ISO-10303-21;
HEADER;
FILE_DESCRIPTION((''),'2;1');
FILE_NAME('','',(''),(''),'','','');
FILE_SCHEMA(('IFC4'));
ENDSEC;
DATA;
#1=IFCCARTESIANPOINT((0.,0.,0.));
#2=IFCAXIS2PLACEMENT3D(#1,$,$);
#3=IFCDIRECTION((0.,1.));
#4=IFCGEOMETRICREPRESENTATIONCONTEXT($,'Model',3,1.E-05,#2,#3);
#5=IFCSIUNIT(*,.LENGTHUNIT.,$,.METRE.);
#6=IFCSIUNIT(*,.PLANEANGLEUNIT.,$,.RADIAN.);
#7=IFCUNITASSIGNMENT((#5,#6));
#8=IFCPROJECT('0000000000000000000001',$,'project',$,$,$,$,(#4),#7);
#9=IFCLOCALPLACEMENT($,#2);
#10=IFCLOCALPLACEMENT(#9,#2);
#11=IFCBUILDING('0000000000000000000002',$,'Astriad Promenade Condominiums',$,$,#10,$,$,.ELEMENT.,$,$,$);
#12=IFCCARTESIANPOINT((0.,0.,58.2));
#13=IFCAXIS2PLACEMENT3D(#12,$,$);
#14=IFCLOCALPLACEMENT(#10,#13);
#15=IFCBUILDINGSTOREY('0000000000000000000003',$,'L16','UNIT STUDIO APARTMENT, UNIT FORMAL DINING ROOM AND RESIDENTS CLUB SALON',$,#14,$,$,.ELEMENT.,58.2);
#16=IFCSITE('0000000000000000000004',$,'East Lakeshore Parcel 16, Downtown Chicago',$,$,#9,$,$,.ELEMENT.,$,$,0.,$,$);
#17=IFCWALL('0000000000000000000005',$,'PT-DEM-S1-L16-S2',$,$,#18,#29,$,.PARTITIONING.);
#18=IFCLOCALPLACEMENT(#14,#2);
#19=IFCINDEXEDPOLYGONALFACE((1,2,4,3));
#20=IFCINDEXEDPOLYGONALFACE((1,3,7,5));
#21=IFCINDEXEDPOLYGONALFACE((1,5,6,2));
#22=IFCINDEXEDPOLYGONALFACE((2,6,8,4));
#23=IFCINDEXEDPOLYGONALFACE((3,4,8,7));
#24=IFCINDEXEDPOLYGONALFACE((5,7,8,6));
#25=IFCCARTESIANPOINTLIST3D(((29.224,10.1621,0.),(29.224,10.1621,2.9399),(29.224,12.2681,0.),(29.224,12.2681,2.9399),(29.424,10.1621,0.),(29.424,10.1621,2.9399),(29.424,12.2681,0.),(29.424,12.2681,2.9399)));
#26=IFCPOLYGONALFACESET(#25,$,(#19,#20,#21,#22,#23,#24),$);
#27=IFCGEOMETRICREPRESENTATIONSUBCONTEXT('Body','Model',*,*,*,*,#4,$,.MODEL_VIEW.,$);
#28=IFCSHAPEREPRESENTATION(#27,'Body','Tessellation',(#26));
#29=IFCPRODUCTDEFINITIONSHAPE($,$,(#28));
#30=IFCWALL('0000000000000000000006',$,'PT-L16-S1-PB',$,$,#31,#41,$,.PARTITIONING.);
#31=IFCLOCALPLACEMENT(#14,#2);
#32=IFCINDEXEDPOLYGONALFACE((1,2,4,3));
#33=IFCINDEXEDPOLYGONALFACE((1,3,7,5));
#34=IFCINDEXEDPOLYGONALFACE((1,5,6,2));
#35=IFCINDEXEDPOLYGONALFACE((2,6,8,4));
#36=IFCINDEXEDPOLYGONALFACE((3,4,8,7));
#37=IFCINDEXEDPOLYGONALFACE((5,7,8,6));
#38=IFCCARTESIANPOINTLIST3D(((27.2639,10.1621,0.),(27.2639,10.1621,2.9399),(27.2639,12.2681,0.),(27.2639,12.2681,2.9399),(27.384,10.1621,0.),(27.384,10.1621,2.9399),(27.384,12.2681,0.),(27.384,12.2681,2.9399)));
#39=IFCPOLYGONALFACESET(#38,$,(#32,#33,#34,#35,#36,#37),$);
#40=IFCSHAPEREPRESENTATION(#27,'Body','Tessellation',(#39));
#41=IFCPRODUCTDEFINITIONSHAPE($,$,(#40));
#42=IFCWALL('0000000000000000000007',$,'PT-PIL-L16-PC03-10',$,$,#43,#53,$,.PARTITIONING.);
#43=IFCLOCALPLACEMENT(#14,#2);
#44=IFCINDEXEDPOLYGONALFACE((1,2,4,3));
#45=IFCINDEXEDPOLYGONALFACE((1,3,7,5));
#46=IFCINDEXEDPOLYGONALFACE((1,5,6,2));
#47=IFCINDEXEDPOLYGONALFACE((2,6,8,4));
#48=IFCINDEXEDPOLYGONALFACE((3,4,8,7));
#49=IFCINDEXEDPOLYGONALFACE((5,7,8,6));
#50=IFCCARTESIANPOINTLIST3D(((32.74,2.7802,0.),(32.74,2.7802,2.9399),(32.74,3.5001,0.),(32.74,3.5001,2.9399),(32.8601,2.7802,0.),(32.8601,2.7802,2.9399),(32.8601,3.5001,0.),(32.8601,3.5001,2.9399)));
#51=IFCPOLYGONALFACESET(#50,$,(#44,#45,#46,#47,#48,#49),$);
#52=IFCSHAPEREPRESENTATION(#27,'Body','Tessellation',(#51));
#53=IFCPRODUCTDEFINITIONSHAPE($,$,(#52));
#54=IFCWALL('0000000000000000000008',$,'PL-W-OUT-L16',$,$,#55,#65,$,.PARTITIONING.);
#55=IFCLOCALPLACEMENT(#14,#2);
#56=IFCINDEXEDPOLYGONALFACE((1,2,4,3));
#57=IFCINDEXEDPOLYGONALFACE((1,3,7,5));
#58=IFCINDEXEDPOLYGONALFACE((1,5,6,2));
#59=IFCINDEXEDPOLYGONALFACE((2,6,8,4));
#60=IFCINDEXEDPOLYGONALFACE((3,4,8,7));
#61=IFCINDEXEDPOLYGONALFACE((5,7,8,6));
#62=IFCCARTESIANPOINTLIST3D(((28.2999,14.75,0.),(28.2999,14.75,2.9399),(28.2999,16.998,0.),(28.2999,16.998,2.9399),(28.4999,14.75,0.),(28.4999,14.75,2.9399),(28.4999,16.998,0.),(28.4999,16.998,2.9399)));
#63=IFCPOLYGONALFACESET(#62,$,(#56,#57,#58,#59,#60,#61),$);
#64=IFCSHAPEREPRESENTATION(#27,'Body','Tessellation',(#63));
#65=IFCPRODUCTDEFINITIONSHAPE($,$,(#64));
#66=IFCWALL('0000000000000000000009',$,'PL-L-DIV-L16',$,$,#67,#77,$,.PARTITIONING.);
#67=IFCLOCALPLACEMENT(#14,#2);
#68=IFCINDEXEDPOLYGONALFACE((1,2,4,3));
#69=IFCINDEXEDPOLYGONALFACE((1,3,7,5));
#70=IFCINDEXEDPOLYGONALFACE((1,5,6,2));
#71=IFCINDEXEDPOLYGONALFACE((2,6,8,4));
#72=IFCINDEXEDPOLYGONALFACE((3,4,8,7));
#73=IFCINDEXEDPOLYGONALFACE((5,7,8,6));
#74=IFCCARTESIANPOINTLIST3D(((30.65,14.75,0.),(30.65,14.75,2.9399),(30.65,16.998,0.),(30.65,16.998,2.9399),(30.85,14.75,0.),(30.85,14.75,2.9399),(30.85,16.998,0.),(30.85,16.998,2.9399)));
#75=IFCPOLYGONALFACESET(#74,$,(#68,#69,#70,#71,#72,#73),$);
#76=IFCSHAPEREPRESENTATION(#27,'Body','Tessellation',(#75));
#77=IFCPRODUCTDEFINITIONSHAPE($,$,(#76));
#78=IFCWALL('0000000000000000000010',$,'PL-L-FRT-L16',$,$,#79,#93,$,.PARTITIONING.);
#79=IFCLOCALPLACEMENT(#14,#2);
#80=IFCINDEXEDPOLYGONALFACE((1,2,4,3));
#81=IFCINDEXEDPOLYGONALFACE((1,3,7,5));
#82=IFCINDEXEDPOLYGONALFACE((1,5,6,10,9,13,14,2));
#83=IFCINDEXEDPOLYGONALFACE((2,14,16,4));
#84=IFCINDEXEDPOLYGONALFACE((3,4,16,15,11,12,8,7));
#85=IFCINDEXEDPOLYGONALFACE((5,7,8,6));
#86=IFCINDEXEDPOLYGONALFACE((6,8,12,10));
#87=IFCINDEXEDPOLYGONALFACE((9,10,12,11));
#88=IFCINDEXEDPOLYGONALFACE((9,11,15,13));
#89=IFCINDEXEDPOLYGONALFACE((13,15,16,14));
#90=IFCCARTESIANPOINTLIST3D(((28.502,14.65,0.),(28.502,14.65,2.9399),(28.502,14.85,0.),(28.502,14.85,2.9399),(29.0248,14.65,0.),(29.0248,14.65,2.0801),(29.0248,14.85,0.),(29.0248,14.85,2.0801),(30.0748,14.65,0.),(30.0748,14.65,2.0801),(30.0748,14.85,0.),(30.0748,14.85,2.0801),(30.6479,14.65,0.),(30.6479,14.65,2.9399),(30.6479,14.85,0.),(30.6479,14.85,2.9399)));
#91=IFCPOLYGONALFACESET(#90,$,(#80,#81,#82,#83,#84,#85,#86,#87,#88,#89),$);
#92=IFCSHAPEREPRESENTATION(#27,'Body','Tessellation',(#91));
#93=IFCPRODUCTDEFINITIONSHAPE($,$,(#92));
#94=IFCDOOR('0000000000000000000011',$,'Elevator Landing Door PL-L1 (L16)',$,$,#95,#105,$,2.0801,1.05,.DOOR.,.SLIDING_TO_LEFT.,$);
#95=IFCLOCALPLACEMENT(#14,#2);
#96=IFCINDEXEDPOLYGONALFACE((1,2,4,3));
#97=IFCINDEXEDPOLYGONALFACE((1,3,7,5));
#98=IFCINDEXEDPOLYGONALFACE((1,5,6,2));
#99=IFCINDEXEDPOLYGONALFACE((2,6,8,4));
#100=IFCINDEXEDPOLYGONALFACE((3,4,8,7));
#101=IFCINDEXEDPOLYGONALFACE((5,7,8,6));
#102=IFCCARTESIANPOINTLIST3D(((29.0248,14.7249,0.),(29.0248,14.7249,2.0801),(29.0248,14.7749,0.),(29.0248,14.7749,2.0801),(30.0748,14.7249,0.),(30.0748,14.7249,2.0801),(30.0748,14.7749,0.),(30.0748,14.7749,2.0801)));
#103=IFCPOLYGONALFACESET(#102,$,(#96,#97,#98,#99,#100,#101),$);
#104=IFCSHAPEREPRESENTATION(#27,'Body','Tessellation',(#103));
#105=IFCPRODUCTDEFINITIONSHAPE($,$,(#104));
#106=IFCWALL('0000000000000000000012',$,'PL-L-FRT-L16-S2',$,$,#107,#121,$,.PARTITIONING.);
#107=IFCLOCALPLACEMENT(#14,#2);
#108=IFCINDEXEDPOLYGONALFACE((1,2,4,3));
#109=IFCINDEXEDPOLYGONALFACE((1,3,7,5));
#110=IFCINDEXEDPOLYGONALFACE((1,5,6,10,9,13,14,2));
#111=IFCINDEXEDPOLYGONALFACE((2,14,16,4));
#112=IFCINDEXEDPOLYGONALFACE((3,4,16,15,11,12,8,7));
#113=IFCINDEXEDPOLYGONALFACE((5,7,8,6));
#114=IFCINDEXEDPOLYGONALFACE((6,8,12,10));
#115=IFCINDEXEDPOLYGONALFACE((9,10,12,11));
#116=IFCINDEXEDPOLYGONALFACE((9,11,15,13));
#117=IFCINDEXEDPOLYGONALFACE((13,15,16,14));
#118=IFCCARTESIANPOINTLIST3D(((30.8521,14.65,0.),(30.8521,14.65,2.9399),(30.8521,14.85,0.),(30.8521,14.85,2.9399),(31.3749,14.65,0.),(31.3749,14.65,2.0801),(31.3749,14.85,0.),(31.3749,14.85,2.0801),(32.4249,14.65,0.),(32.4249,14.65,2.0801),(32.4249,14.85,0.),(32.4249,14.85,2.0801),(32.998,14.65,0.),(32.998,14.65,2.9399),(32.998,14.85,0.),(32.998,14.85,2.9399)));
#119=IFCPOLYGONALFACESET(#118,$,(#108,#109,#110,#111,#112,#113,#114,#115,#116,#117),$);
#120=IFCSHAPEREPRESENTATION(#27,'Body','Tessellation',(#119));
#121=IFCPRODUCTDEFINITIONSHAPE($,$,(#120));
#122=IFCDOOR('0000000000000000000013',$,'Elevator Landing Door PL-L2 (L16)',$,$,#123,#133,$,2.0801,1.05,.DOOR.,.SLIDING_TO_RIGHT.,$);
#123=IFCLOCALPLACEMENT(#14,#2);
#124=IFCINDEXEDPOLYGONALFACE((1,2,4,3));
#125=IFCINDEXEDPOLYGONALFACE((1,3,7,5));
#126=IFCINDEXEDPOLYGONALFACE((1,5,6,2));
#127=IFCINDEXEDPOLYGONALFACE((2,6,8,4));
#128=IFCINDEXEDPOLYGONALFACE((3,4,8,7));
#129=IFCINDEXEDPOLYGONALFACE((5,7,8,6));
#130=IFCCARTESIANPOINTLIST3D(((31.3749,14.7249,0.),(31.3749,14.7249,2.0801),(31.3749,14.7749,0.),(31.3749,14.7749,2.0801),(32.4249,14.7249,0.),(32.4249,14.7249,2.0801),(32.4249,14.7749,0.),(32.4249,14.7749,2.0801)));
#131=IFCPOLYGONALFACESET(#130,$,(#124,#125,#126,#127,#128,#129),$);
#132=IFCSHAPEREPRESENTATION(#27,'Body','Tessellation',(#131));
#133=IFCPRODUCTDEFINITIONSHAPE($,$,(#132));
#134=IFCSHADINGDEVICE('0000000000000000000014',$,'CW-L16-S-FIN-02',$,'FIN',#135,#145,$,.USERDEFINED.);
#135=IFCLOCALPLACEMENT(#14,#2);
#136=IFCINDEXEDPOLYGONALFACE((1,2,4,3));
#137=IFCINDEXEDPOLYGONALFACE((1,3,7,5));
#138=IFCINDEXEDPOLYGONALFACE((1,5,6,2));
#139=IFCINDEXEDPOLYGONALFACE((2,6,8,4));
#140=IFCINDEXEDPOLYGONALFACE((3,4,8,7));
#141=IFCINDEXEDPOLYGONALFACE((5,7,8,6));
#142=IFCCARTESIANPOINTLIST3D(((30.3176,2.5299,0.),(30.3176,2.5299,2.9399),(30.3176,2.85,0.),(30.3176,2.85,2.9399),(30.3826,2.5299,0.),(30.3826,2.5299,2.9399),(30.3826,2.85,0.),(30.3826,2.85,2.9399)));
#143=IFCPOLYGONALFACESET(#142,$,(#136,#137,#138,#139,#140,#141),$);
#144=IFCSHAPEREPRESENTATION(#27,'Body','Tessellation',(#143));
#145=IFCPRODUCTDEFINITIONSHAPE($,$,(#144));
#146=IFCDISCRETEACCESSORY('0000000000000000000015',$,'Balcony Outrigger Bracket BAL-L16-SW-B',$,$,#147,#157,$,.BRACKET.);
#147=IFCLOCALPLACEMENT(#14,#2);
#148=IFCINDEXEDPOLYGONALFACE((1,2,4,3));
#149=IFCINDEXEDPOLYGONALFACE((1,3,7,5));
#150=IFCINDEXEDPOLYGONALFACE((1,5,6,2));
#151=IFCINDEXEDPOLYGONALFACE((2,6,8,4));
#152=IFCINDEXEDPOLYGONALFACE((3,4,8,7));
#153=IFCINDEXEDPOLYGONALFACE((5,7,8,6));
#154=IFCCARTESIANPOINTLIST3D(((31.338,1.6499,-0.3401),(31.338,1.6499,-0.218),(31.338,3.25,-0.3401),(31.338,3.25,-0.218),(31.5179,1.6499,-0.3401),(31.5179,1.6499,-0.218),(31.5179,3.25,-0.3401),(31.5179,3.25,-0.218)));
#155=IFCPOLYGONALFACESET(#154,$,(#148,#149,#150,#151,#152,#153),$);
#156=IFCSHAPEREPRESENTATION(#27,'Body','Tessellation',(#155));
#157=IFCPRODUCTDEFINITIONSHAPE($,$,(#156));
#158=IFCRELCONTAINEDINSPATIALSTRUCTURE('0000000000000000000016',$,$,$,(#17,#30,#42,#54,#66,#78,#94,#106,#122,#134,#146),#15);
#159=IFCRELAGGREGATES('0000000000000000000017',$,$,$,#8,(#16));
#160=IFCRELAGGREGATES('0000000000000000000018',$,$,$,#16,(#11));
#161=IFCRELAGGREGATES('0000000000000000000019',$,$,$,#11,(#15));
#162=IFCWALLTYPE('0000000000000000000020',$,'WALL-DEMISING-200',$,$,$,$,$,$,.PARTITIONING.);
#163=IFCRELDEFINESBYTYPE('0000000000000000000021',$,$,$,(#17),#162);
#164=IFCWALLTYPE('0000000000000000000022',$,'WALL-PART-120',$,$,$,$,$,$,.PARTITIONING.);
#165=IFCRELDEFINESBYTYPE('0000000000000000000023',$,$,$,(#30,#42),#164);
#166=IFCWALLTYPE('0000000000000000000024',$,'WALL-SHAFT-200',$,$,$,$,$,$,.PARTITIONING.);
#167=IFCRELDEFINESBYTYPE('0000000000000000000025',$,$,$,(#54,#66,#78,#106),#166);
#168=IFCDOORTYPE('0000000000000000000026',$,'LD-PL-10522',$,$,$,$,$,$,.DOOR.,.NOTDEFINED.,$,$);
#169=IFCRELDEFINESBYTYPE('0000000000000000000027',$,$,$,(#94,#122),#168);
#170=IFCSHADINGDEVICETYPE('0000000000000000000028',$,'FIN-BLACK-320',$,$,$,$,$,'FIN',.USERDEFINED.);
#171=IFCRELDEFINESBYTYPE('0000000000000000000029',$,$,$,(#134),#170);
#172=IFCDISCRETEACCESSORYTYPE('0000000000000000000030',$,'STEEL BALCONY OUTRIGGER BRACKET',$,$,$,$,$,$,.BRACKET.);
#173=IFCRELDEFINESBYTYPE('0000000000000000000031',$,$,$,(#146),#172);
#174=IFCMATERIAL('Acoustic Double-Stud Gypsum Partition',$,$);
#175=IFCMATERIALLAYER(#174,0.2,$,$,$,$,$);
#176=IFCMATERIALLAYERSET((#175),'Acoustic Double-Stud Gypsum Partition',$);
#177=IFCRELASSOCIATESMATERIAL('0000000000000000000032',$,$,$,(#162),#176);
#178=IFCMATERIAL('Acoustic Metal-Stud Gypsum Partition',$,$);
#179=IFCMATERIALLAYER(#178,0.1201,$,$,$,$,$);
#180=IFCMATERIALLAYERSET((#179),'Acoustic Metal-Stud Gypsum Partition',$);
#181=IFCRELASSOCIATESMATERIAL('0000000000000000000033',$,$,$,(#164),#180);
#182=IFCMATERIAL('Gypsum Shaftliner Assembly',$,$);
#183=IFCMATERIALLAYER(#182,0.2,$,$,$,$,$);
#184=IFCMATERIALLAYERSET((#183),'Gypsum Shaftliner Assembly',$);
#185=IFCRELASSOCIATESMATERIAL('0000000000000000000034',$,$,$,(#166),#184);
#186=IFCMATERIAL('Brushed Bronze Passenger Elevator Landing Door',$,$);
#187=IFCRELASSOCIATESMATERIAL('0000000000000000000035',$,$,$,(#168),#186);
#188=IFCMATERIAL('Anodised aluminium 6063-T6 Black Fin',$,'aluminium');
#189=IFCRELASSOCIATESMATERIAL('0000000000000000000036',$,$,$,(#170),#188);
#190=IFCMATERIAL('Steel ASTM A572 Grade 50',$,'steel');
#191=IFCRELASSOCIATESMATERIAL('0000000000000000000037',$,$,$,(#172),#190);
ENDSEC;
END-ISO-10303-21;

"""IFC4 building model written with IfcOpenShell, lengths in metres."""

from ifc_helpers import new_model, si_unit, direction, frame, frame_2d, origin, origin_2d, place, context, subcontext, project, spatial, rectangle, extrude, source, transform, mapped, material, layer, layer_set, type_object, type_shapes, element, fill, save


model = new_model("IFC4")

# Units and contexts
model_context = context("Model", 3, precision=1e-05, world=origin(), true_north=direction((0.0, 1.0)))
body_context = subcontext(model_context, "Body", "Model", "MODEL_VIEW")
ifc_project = project(units=[si_unit("LENGTHUNIT", "METRE"), si_unit("PLANEANGLEUNIT", "RADIAN")], contexts=[model_context])

# Site, building, storey
site_placement = place(None, origin())
site = spatial("IfcSite", under=ifc_project, at=site_placement, Name="East Lakeshore Parcel 16, Downtown Chicago", CompositionType="ELEMENT", RefElevation=0.0)
building_placement = place(site_placement, origin())
building = spatial("IfcBuilding", under=site, at=building_placement, Name="Astriad Promenade Condominiums", CompositionType="ELEMENT")
storey_placement = place(building_placement, frame((0.0, 0.0, 58.2)))
storey = spatial("IfcBuildingStorey", under=building, at=storey_placement, Name="L16", Description="UNIT STUDIO APARTMENT, UNIT FORMAL DINING ROOM AND RESIDENTS CLUB SALON", CompositionType="ELEMENT", Elevation=58.2)

# Walls
ifc_material_1 = material(Name="Acoustic Double-Stud Gypsum Partition")
ifc_layer_1 = layer(ifc_material_1, 0.2)
ifc_layer_set_1 = layer_set([ifc_layer_1], Name="Acoustic Double-Stud Gypsum Partition")
wall_type_1 = type_object("IfcWallType", Name="WALL-DEMISING-200", PredefinedType="PARTITIONING", material=ifc_layer_set_1)
wall_1_placement = place(storey_placement, frame((29.324, 10.1621, 0.0), z_axis=(0.0, 0.0, 1.0), x_axis=(0.0, 1.0, 0.0)))
element("IfcWall", 1, at=wall_1_placement, inside=storey, type_object=wall_type_1, Name="PT-DEM-S1-L16-S2", PredefinedType="PARTITIONING", context=body_context, shape_type="SweptSolid", body=[
    extrude(rectangle(XDim=2.106, YDim=0.2, at=frame_2d((1.053, 0.0))), origin(), (0.0, 0.0, 1.0), 2.9399),
])
ifc_material_2 = material(Name="Acoustic Metal-Stud Gypsum Partition")
ifc_layer_2 = layer(ifc_material_2, 0.1201)
ifc_layer_set_2 = layer_set([ifc_layer_2], Name="Acoustic Metal-Stud Gypsum Partition")
wall_type_2 = type_object("IfcWallType", Name="WALL-PART-120", PredefinedType="PARTITIONING", material=ifc_layer_set_2)
wall_2_placement = place(storey_placement, frame((27.324, 10.1621, 0.0), z_axis=(0.0, 0.0, 1.0), x_axis=(0.0, 1.0, 0.0)))
element("IfcWall", 2, at=wall_2_placement, inside=storey, type_object=wall_type_2, Name="PT-L16-S1-PB", PredefinedType="PARTITIONING", context=body_context, shape_type="SweptSolid", body=[
    extrude(rectangle(XDim=2.106, YDim=0.1201, at=frame_2d((1.053, 0.0))), origin(), (0.0, 0.0, 1.0), 2.9399),
])
wall_3_placement = place(storey_placement, frame((32.8, 3.5, 0.0), z_axis=(0.0, 0.0, 1.0), x_axis=(0.0, -1.0, 0.0)))
element("IfcWall", 3, at=wall_3_placement, inside=storey, type_object=wall_type_2, Name="PT-PIL-L16-PC03-10", PredefinedType="PARTITIONING", context=body_context, shape_type="SweptSolid", body=[
    extrude(rectangle(XDim=0.72, YDim=0.1201, at=frame_2d((0.3599, 0.0))), origin(), (0.0, 0.0, 1.0), 2.9399),
])
ifc_material_3 = material(Name="Gypsum Shaftliner Assembly")
ifc_layer_3 = layer(ifc_material_3, 0.2)
ifc_layer_set_3 = layer_set([ifc_layer_3], Name="Gypsum Shaftliner Assembly")
wall_type_3 = type_object("IfcWallType", Name="WALL-SHAFT-200", PredefinedType="PARTITIONING", material=ifc_layer_set_3)
for number, where, z_axis, x_axis, name in (
    (4, (28.3999, 14.75, 0.0), (0.0, 0.0, 1.0), (0.0, 1.0, 0.0), "PL-W-OUT-L16"),
    (5, (30.75, 14.75, 0.0), (0.0, 0.0, 1.0), (0.0, 1.0, 0.0), "PL-L-DIV-L16"),
):
    element("IfcWall", number, at=place(storey_placement, frame(where, z_axis=z_axis, x_axis=x_axis)), inside=storey, type_object=wall_type_3, Name=name, PredefinedType="PARTITIONING", context=body_context, shape_type="SweptSolid", body=[
        extrude(rectangle(XDim=2.248, YDim=0.2, at=frame_2d((1.124, 0.0))), origin(), (0.0, 0.0, 1.0), 2.9399),
    ])

# Walls, openings, doors
wall_4_placement = place(storey_placement, frame((28.502, 14.75, 0.0), z_axis=(0.0, 0.0, 1.0), x_axis=(1.0, 0.0, 0.0)))
wall_4 = element("IfcWall", 6, at=wall_4_placement, inside=storey, type_object=wall_type_3, Name="PL-L-FRT-L16", PredefinedType="PARTITIONING", context=body_context, shape_type="SweptSolid", body=[
    extrude(rectangle(XDim=2.146, YDim=0.2, at=frame_2d((1.073, 0.0))), origin(), (0.0, 0.0, 1.0), 2.9399),
])
opening_1_placement = place(wall_4_placement, frame((0.5229, 0.0, 0.0)))
opening_1 = element("IfcOpeningElement", 7, at=opening_1_placement, cuts=wall_4, PredefinedType="OPENING", context=body_context, shape_type="SweptSolid", body=[
    extrude(rectangle(XDim=1.05, YDim=2.0801, at=frame_2d((0.5249, 1.04))), frame((0.0, 0.1099, 0.0), z_axis=(0.0, -1.0, 0.0), x_axis=(1.0, 0.0, 0.0)), (0.0, 0.0, 1.0), 0.22),
])
ifc_material_4 = material(Name="Brushed Bronze Passenger Elevator Landing Door")
door_type = type_object("IfcDoorType", Name="LD-PL-10522", OperationType="NOTDEFINED", PredefinedType="DOOR", material=ifc_material_4)
shared_shape_1 = source(origin(), body_context, "Body", "SweptSolid", [
    extrude(rectangle(XDim=1.05, YDim=2.0801, at=frame_2d((0.5249, 1.04))), frame((0.0, 0.0249, 0.0), z_axis=(0.0, -1.0, 0.0), x_axis=(1.0, 0.0, 0.0)), (0.0, 0.0, 1.0), 0.05),
])
type_shapes(door_type, [shared_shape_1])
door_1_placement = place(opening_1_placement, origin())
door_1 = element("IfcDoor", 8, at=door_1_placement, inside=storey, type_object=door_type, Name="Elevator Landing Door PL-L1 (L16)", OperationType="SLIDING_TO_LEFT", OverallHeight=2.0801, OverallWidth=1.05, PredefinedType="DOOR", context=body_context, shape_type="MappedRepresentation", body=[
    mapped(shared_shape_1, transform((0.0, 0.0, 0.0), scale=1.0)),
])
fill(opening_1, door_1)
wall_5_placement = place(storey_placement, frame((30.8521, 14.75, 0.0), z_axis=(0.0, 0.0, 1.0), x_axis=(1.0, 0.0, 0.0)))
wall_5 = element("IfcWall", 9, at=wall_5_placement, inside=storey, type_object=wall_type_3, Name="PL-L-FRT-L16-S2", PredefinedType="PARTITIONING", context=body_context, shape_type="SweptSolid", body=[
    extrude(rectangle(XDim=2.146, YDim=0.2, at=frame_2d((1.073, 0.0))), origin(), (0.0, 0.0, 1.0), 2.9399),
])
opening_2_placement = place(wall_5_placement, frame((0.5229, 0.0, 0.0)))
opening_2 = element("IfcOpeningElement", 10, at=opening_2_placement, cuts=wall_5, PredefinedType="OPENING", context=body_context, shape_type="SweptSolid", body=[
    extrude(rectangle(XDim=1.05, YDim=2.0801, at=frame_2d((0.5249, 1.04))), frame((0.0, 0.1099, 0.0), z_axis=(0.0, -1.0, 0.0), x_axis=(1.0, 0.0, 0.0)), (0.0, 0.0, 1.0), 0.22),
])
door_2_placement = place(opening_2_placement, origin())
door_2 = element("IfcDoor", 11, at=door_2_placement, inside=storey, type_object=door_type, Name="Elevator Landing Door PL-L2 (L16)", OperationType="SLIDING_TO_RIGHT", OverallHeight=2.0801, OverallWidth=1.05, PredefinedType="DOOR", context=body_context, shape_type="MappedRepresentation", body=[
    mapped(shared_shape_1, transform((0.0, 0.0, 0.0), scale=1.0)),
])
fill(opening_2, door_2)

# Shading device
ifc_material_5 = material(Name="Anodised aluminium 6063-T6 Black Fin", Category="aluminium")
shading_device_type = type_object("IfcShadingDeviceType", Name="FIN-BLACK-320", ElementType="FIN", PredefinedType="USERDEFINED", material=ifc_material_5)
shared_shape_2 = source(origin(), body_context, "Body", "SweptSolid", [
    extrude(rectangle(XDim=0.0649, YDim=0.3201, at=origin_2d()), origin(), (0.0, 0.0, 1.0), 2.9399),
])
type_shapes(shading_device_type, [shared_shape_2])
shading_device_placement = place(storey_placement, frame((30.3501, 2.6899, 0.0), z_axis=(0.0, 0.0, 1.0), x_axis=(-1.0, 0.0, 0.0)))
element("IfcShadingDevice", 12, at=shading_device_placement, inside=storey, type_object=shading_device_type, Name="CW-L16-S-FIN-02", ObjectType="FIN", PredefinedType="USERDEFINED", context=body_context, shape_type="MappedRepresentation", body=[
    mapped(shared_shape_2, transform((0.0, 0.0, 0.0), scale=1.0)),
])

# Discrete accessory
ifc_material_6 = material(Name="Steel ASTM A572 Grade 50", Category="steel")
discrete_accessory_type = type_object("IfcDiscreteAccessoryType", Name="STEEL BALCONY OUTRIGGER BRACKET", PredefinedType="BRACKET", material=ifc_material_6)
shared_shape_3 = source(origin(), body_context, "Body", "SweptSolid", [
    extrude(rectangle(XDim=1.6001, YDim=0.1799, at=origin_2d()), origin(), (0.0, 0.0, 1.0), 0.1221),
])
type_shapes(discrete_accessory_type, [shared_shape_3])
discrete_accessory_placement = place(storey_placement, frame((31.428, 2.45, -0.3401), z_axis=(0.0, 0.0, 1.0), x_axis=(0.0, -1.0, 0.0)))
element("IfcDiscreteAccessory", 13, at=discrete_accessory_placement, inside=storey, type_object=discrete_accessory_type, Name="Balcony Outrigger Bracket BAL-L16-SW-B", PredefinedType="BRACKET", context=body_context, shape_type="MappedRepresentation", body=[
    mapped(shared_shape_3, transform((0.0, 0.0, 0.0), scale=1.0)),
])

save(model, "model.ifc")
